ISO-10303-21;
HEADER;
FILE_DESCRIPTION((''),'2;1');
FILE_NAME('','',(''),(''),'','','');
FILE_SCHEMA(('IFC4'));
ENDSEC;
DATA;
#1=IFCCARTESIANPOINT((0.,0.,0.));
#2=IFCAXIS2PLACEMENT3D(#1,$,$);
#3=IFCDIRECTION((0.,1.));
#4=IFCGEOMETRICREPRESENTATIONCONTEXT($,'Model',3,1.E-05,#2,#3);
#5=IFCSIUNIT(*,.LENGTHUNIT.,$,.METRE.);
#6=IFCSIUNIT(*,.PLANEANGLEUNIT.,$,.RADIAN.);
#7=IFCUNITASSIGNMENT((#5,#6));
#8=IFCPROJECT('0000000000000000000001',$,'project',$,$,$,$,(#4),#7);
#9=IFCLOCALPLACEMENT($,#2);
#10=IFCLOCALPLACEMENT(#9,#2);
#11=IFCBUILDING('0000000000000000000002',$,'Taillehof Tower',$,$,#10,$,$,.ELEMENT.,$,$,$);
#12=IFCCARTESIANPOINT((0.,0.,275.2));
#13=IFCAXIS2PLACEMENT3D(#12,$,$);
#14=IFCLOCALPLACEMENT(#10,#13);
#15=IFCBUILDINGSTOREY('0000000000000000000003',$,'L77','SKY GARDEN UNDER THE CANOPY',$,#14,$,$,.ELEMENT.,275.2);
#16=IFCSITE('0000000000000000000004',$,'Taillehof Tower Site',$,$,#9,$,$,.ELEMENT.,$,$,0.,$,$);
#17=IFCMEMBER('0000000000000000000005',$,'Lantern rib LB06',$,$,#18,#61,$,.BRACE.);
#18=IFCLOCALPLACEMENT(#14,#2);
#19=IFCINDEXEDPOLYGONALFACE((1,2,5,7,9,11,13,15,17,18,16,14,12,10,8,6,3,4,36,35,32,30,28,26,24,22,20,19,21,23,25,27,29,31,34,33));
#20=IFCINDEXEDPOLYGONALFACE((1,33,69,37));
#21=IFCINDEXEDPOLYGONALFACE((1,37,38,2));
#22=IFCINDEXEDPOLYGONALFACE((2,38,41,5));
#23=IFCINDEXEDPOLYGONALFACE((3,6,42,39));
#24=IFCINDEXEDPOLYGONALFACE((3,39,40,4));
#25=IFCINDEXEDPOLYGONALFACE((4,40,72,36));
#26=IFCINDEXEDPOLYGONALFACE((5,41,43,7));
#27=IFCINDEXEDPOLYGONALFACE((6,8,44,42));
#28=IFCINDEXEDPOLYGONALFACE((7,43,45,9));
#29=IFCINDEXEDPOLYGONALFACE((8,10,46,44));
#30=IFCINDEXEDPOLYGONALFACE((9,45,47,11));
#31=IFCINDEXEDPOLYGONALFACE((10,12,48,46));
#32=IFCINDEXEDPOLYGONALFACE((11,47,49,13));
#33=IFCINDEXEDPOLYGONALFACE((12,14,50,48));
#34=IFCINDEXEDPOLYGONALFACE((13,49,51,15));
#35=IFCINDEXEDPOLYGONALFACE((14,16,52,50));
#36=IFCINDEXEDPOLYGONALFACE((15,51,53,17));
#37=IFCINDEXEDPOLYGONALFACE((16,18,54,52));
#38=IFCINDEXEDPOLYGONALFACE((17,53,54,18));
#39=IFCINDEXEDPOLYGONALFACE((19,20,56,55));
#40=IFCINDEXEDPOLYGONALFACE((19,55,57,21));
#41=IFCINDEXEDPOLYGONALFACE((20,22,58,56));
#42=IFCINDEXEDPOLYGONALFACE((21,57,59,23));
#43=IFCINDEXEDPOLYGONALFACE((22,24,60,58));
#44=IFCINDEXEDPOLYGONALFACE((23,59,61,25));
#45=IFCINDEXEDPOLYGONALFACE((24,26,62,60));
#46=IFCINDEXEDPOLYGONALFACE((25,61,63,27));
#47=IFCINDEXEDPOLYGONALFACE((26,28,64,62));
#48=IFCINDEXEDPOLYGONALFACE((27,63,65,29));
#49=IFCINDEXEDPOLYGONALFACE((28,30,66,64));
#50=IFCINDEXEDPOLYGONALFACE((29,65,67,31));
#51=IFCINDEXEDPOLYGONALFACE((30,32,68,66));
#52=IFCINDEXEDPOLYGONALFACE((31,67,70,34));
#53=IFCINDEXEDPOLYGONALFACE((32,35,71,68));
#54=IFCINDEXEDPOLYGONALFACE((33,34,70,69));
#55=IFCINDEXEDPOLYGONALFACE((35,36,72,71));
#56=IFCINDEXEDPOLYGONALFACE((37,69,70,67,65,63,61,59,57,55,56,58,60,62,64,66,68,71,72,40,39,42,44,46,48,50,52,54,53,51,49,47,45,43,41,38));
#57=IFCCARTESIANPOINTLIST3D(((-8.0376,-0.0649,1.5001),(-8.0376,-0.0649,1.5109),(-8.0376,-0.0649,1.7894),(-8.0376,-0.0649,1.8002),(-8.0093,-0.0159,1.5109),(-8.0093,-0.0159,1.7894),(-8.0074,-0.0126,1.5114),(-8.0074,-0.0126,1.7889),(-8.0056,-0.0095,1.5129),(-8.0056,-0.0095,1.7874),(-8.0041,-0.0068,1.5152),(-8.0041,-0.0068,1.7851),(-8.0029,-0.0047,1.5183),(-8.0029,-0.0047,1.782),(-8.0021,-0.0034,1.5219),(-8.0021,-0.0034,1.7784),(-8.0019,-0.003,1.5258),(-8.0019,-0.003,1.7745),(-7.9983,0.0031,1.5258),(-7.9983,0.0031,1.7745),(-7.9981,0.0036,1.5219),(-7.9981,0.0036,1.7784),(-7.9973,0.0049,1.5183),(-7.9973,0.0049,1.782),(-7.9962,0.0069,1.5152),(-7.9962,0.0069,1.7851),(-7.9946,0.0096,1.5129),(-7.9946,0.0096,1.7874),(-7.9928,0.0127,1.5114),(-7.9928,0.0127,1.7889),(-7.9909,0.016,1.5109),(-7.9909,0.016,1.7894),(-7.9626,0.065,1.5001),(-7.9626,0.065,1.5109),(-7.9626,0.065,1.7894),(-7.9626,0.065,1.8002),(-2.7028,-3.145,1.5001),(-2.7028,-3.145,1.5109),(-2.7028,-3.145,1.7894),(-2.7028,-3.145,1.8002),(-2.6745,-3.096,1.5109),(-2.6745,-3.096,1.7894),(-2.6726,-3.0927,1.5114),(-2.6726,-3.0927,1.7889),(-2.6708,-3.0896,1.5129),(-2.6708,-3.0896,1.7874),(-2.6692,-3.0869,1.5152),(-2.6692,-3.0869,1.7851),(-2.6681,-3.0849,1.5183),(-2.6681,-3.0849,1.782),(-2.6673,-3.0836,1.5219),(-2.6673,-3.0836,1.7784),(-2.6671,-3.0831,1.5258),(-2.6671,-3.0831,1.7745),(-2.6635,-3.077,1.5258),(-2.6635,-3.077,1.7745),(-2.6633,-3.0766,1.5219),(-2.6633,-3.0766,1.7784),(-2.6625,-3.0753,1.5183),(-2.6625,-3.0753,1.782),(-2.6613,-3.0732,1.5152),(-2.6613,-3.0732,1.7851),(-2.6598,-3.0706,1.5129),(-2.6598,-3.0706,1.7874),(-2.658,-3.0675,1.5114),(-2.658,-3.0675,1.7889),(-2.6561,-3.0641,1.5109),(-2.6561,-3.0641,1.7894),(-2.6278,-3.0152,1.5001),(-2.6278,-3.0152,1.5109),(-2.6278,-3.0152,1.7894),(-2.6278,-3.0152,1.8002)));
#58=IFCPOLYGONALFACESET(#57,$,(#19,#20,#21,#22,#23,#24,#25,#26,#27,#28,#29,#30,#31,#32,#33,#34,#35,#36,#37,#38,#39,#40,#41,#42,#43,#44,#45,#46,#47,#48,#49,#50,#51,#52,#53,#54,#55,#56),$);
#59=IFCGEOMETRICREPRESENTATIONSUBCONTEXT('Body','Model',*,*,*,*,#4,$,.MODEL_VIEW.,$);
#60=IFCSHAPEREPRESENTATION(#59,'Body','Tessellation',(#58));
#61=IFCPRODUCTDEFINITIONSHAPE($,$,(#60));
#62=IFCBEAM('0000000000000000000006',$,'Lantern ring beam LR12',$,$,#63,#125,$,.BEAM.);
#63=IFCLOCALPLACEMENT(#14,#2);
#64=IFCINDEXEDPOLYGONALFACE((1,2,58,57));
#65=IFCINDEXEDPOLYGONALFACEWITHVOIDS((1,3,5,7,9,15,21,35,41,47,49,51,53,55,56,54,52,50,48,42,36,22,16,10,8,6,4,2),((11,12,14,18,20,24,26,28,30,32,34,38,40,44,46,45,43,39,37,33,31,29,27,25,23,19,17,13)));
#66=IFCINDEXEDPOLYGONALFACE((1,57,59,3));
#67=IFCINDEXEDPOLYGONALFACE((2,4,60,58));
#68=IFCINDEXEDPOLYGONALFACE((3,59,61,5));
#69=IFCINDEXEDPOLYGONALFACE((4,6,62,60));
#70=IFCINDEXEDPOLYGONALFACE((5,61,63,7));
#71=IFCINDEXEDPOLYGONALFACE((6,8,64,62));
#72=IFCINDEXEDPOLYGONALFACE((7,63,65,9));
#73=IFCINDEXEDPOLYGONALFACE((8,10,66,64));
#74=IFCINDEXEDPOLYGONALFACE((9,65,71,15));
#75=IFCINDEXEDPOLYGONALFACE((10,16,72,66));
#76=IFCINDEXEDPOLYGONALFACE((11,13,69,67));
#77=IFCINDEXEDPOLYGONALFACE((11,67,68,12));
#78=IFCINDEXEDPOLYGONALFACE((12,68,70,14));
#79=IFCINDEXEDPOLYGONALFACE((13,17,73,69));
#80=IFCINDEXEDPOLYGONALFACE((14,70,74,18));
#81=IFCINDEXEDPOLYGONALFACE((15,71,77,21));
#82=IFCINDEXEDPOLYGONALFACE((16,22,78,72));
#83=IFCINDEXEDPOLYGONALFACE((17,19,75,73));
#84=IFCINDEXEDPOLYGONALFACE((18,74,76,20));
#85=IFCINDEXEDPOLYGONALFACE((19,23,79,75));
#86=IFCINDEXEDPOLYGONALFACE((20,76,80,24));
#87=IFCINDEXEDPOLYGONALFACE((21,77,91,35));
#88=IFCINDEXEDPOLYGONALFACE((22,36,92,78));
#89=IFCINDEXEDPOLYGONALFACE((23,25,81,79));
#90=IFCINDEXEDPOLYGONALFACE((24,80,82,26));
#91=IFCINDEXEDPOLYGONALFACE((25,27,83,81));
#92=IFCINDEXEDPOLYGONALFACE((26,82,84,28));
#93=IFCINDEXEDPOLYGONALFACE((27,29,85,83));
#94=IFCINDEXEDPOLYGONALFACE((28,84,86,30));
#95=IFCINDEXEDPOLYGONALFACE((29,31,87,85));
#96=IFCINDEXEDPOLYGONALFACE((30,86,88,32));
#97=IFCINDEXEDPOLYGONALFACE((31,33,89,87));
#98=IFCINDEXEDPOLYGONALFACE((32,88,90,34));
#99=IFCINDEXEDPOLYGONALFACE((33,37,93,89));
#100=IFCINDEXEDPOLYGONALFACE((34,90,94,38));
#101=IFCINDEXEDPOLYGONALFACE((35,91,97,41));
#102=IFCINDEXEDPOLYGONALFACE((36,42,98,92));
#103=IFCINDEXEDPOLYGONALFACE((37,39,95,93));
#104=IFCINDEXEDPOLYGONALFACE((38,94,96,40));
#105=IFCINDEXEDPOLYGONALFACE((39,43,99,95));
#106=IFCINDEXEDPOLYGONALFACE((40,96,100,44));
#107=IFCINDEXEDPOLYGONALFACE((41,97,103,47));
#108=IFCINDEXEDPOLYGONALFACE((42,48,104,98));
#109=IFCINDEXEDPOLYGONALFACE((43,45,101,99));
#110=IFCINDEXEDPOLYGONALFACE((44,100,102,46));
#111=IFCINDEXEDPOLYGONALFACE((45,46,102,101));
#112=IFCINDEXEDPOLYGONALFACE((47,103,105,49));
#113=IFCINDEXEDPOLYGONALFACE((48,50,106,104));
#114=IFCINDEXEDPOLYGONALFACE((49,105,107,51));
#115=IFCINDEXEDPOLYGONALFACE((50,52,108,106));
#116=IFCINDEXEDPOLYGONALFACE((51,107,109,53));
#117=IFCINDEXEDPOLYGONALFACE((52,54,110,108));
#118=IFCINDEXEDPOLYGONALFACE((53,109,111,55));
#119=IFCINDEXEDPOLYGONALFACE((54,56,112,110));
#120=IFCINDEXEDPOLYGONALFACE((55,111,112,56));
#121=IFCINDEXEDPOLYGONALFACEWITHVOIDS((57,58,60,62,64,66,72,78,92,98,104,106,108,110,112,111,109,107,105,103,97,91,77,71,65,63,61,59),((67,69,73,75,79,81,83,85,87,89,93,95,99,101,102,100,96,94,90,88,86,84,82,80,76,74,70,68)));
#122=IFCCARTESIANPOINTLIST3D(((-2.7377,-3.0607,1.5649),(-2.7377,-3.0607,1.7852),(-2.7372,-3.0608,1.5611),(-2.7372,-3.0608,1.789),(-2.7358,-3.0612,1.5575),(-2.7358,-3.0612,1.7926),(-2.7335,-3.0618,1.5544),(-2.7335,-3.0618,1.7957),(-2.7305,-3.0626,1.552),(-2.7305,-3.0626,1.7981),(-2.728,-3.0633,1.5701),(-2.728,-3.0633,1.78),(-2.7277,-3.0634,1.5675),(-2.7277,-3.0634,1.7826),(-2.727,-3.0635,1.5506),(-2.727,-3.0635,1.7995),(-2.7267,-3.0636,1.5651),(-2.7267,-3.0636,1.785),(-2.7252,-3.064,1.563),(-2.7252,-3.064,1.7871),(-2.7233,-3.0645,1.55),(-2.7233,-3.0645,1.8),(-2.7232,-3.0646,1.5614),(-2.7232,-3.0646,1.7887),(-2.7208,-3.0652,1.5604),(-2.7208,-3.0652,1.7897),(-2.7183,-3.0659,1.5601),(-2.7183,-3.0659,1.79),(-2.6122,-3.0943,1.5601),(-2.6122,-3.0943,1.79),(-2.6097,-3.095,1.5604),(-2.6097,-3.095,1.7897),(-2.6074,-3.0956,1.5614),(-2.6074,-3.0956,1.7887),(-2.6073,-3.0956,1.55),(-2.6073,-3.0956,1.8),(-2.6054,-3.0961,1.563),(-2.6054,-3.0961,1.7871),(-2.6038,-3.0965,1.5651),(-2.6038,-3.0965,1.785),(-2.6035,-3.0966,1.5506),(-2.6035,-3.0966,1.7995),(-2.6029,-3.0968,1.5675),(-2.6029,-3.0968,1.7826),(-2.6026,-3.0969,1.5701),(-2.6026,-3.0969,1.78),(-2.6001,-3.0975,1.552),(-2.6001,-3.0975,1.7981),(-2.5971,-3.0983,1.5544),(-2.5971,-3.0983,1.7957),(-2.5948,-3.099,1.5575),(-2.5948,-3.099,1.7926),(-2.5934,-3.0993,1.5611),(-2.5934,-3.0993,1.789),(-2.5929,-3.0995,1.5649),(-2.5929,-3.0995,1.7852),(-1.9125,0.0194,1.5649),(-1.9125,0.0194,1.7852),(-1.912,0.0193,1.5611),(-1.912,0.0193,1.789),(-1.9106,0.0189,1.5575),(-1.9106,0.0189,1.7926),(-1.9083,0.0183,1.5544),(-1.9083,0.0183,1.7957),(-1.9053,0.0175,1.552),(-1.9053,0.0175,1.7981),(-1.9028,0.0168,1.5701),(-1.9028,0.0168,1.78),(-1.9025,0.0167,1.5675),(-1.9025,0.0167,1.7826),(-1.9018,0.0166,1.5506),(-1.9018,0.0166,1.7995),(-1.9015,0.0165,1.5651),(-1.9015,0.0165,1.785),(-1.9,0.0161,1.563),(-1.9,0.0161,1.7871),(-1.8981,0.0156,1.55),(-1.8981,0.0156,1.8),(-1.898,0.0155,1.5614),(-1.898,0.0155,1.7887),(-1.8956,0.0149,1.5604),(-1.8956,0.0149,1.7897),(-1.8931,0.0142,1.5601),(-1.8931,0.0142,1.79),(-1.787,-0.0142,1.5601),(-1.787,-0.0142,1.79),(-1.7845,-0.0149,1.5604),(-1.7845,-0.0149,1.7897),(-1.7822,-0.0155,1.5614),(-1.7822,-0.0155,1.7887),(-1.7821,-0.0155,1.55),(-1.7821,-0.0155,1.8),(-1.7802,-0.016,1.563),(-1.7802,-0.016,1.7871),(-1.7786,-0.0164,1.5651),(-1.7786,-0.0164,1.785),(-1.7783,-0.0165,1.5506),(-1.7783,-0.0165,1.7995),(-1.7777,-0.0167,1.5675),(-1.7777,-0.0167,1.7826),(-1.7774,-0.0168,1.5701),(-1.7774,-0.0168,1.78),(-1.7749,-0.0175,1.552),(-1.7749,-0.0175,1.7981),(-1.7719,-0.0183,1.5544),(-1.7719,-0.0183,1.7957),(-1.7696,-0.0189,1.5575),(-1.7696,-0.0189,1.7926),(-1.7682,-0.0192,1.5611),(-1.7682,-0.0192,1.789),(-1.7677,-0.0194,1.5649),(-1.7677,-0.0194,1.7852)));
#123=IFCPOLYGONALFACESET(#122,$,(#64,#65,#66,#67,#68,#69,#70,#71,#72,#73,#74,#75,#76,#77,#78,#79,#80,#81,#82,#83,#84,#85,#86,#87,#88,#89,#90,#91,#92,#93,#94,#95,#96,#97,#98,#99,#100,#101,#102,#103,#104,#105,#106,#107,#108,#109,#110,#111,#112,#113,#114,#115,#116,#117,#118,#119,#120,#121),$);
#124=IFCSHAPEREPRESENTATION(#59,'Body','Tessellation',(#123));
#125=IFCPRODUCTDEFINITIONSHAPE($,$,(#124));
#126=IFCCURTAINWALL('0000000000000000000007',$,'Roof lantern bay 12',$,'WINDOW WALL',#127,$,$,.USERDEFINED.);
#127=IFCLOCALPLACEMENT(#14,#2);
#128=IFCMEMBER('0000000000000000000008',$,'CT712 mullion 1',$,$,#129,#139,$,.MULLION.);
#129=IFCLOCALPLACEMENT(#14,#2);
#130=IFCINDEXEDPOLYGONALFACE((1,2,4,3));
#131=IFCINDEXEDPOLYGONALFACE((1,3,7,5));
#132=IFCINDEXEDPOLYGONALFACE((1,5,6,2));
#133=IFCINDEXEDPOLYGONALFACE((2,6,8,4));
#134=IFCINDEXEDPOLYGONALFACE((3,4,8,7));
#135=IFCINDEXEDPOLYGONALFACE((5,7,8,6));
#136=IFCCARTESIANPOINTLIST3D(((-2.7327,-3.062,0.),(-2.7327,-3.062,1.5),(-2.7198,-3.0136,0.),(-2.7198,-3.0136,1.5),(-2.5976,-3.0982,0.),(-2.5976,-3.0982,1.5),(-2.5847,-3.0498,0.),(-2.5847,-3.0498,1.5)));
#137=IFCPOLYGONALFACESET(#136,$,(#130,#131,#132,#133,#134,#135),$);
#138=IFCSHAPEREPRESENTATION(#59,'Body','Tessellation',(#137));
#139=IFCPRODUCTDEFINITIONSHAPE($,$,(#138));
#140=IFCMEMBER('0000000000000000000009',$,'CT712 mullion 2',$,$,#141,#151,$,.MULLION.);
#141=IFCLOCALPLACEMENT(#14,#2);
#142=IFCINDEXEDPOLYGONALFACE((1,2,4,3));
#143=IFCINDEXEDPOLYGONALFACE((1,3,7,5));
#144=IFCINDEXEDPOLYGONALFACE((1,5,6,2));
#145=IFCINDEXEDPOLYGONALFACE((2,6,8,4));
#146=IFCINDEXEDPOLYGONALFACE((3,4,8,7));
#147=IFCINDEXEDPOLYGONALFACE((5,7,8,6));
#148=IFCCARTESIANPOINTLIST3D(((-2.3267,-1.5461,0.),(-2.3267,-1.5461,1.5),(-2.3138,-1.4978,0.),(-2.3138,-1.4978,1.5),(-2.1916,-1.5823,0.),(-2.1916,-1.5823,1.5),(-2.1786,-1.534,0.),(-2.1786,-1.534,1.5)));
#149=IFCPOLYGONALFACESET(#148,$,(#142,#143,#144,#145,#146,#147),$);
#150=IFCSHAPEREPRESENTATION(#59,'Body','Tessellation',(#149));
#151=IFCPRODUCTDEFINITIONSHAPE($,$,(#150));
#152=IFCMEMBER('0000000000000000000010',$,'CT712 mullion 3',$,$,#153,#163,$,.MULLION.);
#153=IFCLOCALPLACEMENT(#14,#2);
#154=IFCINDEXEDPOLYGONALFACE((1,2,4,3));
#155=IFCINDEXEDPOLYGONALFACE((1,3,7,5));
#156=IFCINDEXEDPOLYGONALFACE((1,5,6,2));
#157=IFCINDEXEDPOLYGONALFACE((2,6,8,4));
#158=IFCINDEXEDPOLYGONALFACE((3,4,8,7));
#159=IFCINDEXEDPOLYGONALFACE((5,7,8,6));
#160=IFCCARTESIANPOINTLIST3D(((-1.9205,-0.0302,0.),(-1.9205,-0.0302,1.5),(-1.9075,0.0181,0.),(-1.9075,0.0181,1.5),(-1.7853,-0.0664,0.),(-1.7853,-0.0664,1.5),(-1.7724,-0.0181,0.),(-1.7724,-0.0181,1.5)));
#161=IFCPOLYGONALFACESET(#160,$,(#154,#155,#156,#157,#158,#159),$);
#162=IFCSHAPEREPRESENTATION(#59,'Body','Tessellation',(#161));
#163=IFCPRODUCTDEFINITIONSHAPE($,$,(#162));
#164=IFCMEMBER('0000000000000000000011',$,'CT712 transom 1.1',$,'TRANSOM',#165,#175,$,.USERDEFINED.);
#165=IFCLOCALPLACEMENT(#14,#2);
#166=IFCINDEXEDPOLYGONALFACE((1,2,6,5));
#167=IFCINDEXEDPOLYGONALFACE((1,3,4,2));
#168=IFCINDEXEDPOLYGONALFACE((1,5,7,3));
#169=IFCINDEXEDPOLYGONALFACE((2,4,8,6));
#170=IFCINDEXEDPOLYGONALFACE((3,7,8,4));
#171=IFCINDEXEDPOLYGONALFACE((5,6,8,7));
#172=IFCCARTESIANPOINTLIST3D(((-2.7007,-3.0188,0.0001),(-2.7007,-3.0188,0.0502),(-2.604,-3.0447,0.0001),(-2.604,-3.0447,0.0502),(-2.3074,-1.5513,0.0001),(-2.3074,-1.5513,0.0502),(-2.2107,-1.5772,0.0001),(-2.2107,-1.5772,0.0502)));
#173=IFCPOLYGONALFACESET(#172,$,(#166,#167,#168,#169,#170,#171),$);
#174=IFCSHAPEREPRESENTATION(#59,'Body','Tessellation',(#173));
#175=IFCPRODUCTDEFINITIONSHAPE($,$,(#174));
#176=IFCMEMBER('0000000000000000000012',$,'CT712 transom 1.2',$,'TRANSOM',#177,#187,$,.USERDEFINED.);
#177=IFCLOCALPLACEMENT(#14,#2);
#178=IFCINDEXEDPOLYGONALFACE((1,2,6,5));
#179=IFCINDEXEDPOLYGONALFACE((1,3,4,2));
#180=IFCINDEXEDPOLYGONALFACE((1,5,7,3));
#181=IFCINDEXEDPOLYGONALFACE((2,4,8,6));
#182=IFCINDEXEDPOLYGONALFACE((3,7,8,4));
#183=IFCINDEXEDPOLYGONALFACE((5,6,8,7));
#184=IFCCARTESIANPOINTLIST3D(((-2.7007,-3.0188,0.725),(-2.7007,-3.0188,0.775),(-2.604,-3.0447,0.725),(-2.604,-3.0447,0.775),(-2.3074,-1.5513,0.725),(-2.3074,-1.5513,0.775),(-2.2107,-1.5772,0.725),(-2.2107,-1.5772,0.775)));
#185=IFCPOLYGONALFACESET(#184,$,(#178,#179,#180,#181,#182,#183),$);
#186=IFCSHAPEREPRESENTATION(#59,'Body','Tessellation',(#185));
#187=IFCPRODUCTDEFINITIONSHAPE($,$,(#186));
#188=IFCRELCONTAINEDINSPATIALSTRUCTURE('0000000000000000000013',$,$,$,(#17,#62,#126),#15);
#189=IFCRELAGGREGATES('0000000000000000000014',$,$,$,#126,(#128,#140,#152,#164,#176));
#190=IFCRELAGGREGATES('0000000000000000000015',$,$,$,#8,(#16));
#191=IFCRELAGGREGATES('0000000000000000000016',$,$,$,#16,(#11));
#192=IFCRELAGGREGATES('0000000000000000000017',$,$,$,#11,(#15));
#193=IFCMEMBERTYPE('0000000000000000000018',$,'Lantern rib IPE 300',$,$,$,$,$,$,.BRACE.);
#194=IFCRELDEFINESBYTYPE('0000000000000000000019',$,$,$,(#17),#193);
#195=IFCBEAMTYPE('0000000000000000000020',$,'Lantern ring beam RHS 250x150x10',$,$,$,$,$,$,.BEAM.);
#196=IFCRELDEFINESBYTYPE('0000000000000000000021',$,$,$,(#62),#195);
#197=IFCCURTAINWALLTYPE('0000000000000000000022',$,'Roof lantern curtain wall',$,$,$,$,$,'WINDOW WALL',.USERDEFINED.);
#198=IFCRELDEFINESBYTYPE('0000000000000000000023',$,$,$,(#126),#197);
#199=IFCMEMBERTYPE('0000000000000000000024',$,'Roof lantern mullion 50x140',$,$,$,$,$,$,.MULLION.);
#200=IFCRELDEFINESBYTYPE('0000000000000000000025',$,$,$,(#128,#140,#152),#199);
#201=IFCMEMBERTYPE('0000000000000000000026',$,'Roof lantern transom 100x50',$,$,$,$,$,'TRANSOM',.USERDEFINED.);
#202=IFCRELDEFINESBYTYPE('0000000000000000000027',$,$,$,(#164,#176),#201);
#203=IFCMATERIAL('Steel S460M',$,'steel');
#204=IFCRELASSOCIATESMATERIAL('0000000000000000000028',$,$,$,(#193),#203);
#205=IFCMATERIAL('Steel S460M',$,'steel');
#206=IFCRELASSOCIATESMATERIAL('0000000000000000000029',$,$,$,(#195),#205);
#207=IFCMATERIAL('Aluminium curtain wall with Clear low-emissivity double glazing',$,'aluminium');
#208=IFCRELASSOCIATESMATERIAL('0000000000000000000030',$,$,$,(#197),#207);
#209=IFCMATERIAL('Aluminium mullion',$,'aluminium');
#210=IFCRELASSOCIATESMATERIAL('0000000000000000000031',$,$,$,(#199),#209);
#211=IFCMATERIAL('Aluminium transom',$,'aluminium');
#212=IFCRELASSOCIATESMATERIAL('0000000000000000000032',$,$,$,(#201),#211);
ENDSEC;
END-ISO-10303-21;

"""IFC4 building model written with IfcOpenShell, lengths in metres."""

from ifc_helpers import new_model, si_unit, direction, frame, origin, origin_2d, place, context, subcontext, project, spatial, rectangle, hollow_rectangle, i_section, extrude, material, material_profile, profile_set, type_object, element, aggregate, save


model = new_model("IFC4")

# Units and contexts
model_context = context("Model", 3, precision=1e-05, world=origin(), true_north=direction((0.0, 1.0)))
body_context = subcontext(model_context, "Body", "Model", "MODEL_VIEW")
ifc_project = project(units=[si_unit("LENGTHUNIT", "METRE"), si_unit("PLANEANGLEUNIT", "RADIAN")], contexts=[model_context])

# Site, building, storey
site_placement = place(None, origin())
site = spatial("IfcSite", under=ifc_project, at=site_placement, Name="Taillehof Tower Site", CompositionType="ELEMENT", RefElevation=0.0)
building_placement = place(site_placement, origin())
building = spatial("IfcBuilding", under=site, at=building_placement, Name="Taillehof Tower", CompositionType="ELEMENT")
storey_placement = place(building_placement, frame((0.0, 0.0, 275.2)))
storey = spatial("IfcBuildingStorey", under=building, at=storey_placement, Name="L77", Description="SKY GARDEN UNDER THE CANOPY", CompositionType="ELEMENT", Elevation=275.2)

# Member
ifc_material_1 = material(Name="Steel S460M", Category="steel")
ifc_material_profile_1 = material_profile(ifc_material_1, i_section(OverallWidth=0.1499, OverallDepth=0.3, WebThickness=0.0071, FlangeThickness=0.0107, FilletRadius=0.0149, at=origin_2d()), Name="IPE 300")
ifc_profile_set_1 = profile_set([ifc_material_profile_1], Name="Steel S460M")
member_type_1 = type_object("IfcMemberType", Name="Lantern rib IPE 300", PredefinedType="BRACE", material=ifc_profile_set_1)
member_1_placement = place(storey_placement, frame((-2.6653, -3.0801, 1.6501), z_axis=(-0.86602, 0.500009, 0.0), x_axis=(-0.500009, -0.86602, 0.0)))
element("IfcMember", 1, at=member_1_placement, inside=storey, type_object=member_type_1, Name="Lantern rib LB06", PredefinedType="BRACE", context=body_context, shape_type="SweptSolid", body=[
    extrude(i_section(OverallWidth=0.1499, OverallDepth=0.3, WebThickness=0.0071, FlangeThickness=0.0107, FilletRadius=0.0149, at=origin_2d()), origin(), (0.0, 0.0, 1.0), 6.1602),
])

# Beam
ifc_material_2 = material(Name="Steel S460M", Category="steel")
ifc_material_profile_2 = material_profile(ifc_material_2, hollow_rectangle(XDim=0.1499, YDim=0.25, WallThickness=0.01, InnerFilletRadius=0.01, OuterFilletRadius=0.0149, at=origin_2d()), Name="RHS 250x150x10")
ifc_profile_set_2 = profile_set([ifc_material_profile_2], Name="Steel S460M")
beam_type = type_object("IfcBeamType", Name="Lantern ring beam RHS 250x150x10", PredefinedType="BEAM", material=ifc_profile_set_2)
beam_placement = place(storey_placement, frame((-2.6653, -3.0801, 1.675), z_axis=(0.258787, 0.965934, 0.0), x_axis=(-0.965934, 0.258787, 0.0)))
element("IfcBeam", 2, at=beam_placement, inside=storey, type_object=beam_type, Name="Lantern ring beam LR12", PredefinedType="BEAM", context=body_context, shape_type="SweptSolid", body=[
    extrude(hollow_rectangle(XDim=0.1499, YDim=0.25, WallThickness=0.01, InnerFilletRadius=0.01, OuterFilletRadius=0.0149, at=origin_2d()), origin(), (0.0, 0.0, 1.0), 3.1887),
])

# Curtain wall, members
ifc_material_3 = material(Name="Aluminium curtain wall with Clear low-emissivity double glazing", Category="aluminium")
curtain_wall_type = type_object("IfcCurtainWallType", Name="Roof lantern curtain wall", ElementType="WINDOW WALL", PredefinedType="USERDEFINED", material=ifc_material_3)
curtain_wall_placement = place(storey_placement, origin())
curtain_wall = element("IfcCurtainWall", 3, at=curtain_wall_placement, inside=storey, type_object=curtain_wall_type, Name="Roof lantern bay 12", ObjectType="WINDOW WALL", PredefinedType="USERDEFINED")
ifc_material_4 = material(Name="Aluminium mullion", Category="aluminium")
ifc_material_profile_3 = material_profile(ifc_material_4, rectangle(XDim=0.1399, YDim=0.05, at=origin_2d()), Name="AL 50x140")
ifc_profile_set_3 = profile_set([ifc_material_profile_3], Name="Aluminium mullion")
member_type_2 = type_object("IfcMemberType", Name="Roof lantern mullion 50x140", PredefinedType="MULLION", material=ifc_profile_set_3)
member_2_placement = place(storey_placement, frame((-2.6587, -3.0559, 0.0), z_axis=(0.0, 0.0, 1.0), x_axis=(-0.965926, 0.258819, 0.0)))
member_2 = element("IfcMember", 4, at=member_2_placement, type_object=member_type_2, Name="CT712 mullion 1", PredefinedType="MULLION", context=body_context, shape_type="SweptSolid", body=[
    extrude(rectangle(XDim=0.1399, YDim=0.05, at=origin_2d()), origin(), (0.0, 0.0, 1.0), 1.5),
])
member_3_placement = place(storey_placement, frame((-2.2527, -1.54, 0.0), z_axis=(0.0, 0.0, 1.0), x_axis=(-0.965926, 0.258819, 0.0)))
member_3 = element("IfcMember", 5, at=member_3_placement, type_object=member_type_2, Name="CT712 mullion 2", PredefinedType="MULLION", context=body_context, shape_type="SweptSolid", body=[
    extrude(rectangle(XDim=0.1399, YDim=0.05, at=origin_2d()), origin(), (0.0, 0.0, 1.0), 1.5),
])
member_4_placement = place(storey_placement, frame((-1.8464, -0.0242, 0.0), z_axis=(0.0, 0.0, 1.0), x_axis=(-0.965926, 0.258819, 0.0)))
member_4 = element("IfcMember", 6, at=member_4_placement, type_object=member_type_2, Name="CT712 mullion 3", PredefinedType="MULLION", context=body_context, shape_type="SweptSolid", body=[
    extrude(rectangle(XDim=0.1399, YDim=0.05, at=origin_2d()), origin(), (0.0, 0.0, 1.0), 1.5),
])
ifc_material_5 = material(Name="Aluminium transom", Category="aluminium")
ifc_material_profile_4 = material_profile(ifc_material_5, rectangle(XDim=0.1001, YDim=0.05, at=origin_2d()), Name="AL 100x50")
ifc_profile_set_4 = profile_set([ifc_material_profile_4], Name="Aluminium transom")
member_type_3 = type_object("IfcMemberType", Name="Roof lantern transom 100x50", ElementType="TRANSOM", PredefinedType="USERDEFINED", material=ifc_profile_set_4)
member_5_placement = place(storey_placement, frame((-2.6523, -3.0317, 0.0251), z_axis=(0.258873, 0.965911, 0.0), x_axis=(-0.965911, 0.258873, 0.0)))
member_5 = element("IfcMember", 7, at=member_5_placement, type_object=member_type_3, Name="CT712 transom 1.1", ObjectType="TRANSOM", PredefinedType="USERDEFINED", context=body_context, shape_type="SweptSolid", body=[
    extrude(rectangle(XDim=0.1001, YDim=0.05, at=origin_2d()), origin(), (0.0, 0.0, 1.0), 1.5193),
])
member_6_placement = place(storey_placement, frame((-2.6523, -3.0317, 0.75), z_axis=(0.258873, 0.965911, 0.0), x_axis=(-0.965911, 0.258873, 0.0)))
member_6 = element("IfcMember", 8, at=member_6_placement, type_object=member_type_3, Name="CT712 transom 1.2", ObjectType="TRANSOM", PredefinedType="USERDEFINED", context=body_context, shape_type="SweptSolid", body=[
    extrude(rectangle(XDim=0.1001, YDim=0.05, at=origin_2d()), origin(), (0.0, 0.0, 1.0), 1.5193),
])
aggregate(curtain_wall, [member_2, member_3, member_4, member_5, member_6])

save(model, "model.ifc")
